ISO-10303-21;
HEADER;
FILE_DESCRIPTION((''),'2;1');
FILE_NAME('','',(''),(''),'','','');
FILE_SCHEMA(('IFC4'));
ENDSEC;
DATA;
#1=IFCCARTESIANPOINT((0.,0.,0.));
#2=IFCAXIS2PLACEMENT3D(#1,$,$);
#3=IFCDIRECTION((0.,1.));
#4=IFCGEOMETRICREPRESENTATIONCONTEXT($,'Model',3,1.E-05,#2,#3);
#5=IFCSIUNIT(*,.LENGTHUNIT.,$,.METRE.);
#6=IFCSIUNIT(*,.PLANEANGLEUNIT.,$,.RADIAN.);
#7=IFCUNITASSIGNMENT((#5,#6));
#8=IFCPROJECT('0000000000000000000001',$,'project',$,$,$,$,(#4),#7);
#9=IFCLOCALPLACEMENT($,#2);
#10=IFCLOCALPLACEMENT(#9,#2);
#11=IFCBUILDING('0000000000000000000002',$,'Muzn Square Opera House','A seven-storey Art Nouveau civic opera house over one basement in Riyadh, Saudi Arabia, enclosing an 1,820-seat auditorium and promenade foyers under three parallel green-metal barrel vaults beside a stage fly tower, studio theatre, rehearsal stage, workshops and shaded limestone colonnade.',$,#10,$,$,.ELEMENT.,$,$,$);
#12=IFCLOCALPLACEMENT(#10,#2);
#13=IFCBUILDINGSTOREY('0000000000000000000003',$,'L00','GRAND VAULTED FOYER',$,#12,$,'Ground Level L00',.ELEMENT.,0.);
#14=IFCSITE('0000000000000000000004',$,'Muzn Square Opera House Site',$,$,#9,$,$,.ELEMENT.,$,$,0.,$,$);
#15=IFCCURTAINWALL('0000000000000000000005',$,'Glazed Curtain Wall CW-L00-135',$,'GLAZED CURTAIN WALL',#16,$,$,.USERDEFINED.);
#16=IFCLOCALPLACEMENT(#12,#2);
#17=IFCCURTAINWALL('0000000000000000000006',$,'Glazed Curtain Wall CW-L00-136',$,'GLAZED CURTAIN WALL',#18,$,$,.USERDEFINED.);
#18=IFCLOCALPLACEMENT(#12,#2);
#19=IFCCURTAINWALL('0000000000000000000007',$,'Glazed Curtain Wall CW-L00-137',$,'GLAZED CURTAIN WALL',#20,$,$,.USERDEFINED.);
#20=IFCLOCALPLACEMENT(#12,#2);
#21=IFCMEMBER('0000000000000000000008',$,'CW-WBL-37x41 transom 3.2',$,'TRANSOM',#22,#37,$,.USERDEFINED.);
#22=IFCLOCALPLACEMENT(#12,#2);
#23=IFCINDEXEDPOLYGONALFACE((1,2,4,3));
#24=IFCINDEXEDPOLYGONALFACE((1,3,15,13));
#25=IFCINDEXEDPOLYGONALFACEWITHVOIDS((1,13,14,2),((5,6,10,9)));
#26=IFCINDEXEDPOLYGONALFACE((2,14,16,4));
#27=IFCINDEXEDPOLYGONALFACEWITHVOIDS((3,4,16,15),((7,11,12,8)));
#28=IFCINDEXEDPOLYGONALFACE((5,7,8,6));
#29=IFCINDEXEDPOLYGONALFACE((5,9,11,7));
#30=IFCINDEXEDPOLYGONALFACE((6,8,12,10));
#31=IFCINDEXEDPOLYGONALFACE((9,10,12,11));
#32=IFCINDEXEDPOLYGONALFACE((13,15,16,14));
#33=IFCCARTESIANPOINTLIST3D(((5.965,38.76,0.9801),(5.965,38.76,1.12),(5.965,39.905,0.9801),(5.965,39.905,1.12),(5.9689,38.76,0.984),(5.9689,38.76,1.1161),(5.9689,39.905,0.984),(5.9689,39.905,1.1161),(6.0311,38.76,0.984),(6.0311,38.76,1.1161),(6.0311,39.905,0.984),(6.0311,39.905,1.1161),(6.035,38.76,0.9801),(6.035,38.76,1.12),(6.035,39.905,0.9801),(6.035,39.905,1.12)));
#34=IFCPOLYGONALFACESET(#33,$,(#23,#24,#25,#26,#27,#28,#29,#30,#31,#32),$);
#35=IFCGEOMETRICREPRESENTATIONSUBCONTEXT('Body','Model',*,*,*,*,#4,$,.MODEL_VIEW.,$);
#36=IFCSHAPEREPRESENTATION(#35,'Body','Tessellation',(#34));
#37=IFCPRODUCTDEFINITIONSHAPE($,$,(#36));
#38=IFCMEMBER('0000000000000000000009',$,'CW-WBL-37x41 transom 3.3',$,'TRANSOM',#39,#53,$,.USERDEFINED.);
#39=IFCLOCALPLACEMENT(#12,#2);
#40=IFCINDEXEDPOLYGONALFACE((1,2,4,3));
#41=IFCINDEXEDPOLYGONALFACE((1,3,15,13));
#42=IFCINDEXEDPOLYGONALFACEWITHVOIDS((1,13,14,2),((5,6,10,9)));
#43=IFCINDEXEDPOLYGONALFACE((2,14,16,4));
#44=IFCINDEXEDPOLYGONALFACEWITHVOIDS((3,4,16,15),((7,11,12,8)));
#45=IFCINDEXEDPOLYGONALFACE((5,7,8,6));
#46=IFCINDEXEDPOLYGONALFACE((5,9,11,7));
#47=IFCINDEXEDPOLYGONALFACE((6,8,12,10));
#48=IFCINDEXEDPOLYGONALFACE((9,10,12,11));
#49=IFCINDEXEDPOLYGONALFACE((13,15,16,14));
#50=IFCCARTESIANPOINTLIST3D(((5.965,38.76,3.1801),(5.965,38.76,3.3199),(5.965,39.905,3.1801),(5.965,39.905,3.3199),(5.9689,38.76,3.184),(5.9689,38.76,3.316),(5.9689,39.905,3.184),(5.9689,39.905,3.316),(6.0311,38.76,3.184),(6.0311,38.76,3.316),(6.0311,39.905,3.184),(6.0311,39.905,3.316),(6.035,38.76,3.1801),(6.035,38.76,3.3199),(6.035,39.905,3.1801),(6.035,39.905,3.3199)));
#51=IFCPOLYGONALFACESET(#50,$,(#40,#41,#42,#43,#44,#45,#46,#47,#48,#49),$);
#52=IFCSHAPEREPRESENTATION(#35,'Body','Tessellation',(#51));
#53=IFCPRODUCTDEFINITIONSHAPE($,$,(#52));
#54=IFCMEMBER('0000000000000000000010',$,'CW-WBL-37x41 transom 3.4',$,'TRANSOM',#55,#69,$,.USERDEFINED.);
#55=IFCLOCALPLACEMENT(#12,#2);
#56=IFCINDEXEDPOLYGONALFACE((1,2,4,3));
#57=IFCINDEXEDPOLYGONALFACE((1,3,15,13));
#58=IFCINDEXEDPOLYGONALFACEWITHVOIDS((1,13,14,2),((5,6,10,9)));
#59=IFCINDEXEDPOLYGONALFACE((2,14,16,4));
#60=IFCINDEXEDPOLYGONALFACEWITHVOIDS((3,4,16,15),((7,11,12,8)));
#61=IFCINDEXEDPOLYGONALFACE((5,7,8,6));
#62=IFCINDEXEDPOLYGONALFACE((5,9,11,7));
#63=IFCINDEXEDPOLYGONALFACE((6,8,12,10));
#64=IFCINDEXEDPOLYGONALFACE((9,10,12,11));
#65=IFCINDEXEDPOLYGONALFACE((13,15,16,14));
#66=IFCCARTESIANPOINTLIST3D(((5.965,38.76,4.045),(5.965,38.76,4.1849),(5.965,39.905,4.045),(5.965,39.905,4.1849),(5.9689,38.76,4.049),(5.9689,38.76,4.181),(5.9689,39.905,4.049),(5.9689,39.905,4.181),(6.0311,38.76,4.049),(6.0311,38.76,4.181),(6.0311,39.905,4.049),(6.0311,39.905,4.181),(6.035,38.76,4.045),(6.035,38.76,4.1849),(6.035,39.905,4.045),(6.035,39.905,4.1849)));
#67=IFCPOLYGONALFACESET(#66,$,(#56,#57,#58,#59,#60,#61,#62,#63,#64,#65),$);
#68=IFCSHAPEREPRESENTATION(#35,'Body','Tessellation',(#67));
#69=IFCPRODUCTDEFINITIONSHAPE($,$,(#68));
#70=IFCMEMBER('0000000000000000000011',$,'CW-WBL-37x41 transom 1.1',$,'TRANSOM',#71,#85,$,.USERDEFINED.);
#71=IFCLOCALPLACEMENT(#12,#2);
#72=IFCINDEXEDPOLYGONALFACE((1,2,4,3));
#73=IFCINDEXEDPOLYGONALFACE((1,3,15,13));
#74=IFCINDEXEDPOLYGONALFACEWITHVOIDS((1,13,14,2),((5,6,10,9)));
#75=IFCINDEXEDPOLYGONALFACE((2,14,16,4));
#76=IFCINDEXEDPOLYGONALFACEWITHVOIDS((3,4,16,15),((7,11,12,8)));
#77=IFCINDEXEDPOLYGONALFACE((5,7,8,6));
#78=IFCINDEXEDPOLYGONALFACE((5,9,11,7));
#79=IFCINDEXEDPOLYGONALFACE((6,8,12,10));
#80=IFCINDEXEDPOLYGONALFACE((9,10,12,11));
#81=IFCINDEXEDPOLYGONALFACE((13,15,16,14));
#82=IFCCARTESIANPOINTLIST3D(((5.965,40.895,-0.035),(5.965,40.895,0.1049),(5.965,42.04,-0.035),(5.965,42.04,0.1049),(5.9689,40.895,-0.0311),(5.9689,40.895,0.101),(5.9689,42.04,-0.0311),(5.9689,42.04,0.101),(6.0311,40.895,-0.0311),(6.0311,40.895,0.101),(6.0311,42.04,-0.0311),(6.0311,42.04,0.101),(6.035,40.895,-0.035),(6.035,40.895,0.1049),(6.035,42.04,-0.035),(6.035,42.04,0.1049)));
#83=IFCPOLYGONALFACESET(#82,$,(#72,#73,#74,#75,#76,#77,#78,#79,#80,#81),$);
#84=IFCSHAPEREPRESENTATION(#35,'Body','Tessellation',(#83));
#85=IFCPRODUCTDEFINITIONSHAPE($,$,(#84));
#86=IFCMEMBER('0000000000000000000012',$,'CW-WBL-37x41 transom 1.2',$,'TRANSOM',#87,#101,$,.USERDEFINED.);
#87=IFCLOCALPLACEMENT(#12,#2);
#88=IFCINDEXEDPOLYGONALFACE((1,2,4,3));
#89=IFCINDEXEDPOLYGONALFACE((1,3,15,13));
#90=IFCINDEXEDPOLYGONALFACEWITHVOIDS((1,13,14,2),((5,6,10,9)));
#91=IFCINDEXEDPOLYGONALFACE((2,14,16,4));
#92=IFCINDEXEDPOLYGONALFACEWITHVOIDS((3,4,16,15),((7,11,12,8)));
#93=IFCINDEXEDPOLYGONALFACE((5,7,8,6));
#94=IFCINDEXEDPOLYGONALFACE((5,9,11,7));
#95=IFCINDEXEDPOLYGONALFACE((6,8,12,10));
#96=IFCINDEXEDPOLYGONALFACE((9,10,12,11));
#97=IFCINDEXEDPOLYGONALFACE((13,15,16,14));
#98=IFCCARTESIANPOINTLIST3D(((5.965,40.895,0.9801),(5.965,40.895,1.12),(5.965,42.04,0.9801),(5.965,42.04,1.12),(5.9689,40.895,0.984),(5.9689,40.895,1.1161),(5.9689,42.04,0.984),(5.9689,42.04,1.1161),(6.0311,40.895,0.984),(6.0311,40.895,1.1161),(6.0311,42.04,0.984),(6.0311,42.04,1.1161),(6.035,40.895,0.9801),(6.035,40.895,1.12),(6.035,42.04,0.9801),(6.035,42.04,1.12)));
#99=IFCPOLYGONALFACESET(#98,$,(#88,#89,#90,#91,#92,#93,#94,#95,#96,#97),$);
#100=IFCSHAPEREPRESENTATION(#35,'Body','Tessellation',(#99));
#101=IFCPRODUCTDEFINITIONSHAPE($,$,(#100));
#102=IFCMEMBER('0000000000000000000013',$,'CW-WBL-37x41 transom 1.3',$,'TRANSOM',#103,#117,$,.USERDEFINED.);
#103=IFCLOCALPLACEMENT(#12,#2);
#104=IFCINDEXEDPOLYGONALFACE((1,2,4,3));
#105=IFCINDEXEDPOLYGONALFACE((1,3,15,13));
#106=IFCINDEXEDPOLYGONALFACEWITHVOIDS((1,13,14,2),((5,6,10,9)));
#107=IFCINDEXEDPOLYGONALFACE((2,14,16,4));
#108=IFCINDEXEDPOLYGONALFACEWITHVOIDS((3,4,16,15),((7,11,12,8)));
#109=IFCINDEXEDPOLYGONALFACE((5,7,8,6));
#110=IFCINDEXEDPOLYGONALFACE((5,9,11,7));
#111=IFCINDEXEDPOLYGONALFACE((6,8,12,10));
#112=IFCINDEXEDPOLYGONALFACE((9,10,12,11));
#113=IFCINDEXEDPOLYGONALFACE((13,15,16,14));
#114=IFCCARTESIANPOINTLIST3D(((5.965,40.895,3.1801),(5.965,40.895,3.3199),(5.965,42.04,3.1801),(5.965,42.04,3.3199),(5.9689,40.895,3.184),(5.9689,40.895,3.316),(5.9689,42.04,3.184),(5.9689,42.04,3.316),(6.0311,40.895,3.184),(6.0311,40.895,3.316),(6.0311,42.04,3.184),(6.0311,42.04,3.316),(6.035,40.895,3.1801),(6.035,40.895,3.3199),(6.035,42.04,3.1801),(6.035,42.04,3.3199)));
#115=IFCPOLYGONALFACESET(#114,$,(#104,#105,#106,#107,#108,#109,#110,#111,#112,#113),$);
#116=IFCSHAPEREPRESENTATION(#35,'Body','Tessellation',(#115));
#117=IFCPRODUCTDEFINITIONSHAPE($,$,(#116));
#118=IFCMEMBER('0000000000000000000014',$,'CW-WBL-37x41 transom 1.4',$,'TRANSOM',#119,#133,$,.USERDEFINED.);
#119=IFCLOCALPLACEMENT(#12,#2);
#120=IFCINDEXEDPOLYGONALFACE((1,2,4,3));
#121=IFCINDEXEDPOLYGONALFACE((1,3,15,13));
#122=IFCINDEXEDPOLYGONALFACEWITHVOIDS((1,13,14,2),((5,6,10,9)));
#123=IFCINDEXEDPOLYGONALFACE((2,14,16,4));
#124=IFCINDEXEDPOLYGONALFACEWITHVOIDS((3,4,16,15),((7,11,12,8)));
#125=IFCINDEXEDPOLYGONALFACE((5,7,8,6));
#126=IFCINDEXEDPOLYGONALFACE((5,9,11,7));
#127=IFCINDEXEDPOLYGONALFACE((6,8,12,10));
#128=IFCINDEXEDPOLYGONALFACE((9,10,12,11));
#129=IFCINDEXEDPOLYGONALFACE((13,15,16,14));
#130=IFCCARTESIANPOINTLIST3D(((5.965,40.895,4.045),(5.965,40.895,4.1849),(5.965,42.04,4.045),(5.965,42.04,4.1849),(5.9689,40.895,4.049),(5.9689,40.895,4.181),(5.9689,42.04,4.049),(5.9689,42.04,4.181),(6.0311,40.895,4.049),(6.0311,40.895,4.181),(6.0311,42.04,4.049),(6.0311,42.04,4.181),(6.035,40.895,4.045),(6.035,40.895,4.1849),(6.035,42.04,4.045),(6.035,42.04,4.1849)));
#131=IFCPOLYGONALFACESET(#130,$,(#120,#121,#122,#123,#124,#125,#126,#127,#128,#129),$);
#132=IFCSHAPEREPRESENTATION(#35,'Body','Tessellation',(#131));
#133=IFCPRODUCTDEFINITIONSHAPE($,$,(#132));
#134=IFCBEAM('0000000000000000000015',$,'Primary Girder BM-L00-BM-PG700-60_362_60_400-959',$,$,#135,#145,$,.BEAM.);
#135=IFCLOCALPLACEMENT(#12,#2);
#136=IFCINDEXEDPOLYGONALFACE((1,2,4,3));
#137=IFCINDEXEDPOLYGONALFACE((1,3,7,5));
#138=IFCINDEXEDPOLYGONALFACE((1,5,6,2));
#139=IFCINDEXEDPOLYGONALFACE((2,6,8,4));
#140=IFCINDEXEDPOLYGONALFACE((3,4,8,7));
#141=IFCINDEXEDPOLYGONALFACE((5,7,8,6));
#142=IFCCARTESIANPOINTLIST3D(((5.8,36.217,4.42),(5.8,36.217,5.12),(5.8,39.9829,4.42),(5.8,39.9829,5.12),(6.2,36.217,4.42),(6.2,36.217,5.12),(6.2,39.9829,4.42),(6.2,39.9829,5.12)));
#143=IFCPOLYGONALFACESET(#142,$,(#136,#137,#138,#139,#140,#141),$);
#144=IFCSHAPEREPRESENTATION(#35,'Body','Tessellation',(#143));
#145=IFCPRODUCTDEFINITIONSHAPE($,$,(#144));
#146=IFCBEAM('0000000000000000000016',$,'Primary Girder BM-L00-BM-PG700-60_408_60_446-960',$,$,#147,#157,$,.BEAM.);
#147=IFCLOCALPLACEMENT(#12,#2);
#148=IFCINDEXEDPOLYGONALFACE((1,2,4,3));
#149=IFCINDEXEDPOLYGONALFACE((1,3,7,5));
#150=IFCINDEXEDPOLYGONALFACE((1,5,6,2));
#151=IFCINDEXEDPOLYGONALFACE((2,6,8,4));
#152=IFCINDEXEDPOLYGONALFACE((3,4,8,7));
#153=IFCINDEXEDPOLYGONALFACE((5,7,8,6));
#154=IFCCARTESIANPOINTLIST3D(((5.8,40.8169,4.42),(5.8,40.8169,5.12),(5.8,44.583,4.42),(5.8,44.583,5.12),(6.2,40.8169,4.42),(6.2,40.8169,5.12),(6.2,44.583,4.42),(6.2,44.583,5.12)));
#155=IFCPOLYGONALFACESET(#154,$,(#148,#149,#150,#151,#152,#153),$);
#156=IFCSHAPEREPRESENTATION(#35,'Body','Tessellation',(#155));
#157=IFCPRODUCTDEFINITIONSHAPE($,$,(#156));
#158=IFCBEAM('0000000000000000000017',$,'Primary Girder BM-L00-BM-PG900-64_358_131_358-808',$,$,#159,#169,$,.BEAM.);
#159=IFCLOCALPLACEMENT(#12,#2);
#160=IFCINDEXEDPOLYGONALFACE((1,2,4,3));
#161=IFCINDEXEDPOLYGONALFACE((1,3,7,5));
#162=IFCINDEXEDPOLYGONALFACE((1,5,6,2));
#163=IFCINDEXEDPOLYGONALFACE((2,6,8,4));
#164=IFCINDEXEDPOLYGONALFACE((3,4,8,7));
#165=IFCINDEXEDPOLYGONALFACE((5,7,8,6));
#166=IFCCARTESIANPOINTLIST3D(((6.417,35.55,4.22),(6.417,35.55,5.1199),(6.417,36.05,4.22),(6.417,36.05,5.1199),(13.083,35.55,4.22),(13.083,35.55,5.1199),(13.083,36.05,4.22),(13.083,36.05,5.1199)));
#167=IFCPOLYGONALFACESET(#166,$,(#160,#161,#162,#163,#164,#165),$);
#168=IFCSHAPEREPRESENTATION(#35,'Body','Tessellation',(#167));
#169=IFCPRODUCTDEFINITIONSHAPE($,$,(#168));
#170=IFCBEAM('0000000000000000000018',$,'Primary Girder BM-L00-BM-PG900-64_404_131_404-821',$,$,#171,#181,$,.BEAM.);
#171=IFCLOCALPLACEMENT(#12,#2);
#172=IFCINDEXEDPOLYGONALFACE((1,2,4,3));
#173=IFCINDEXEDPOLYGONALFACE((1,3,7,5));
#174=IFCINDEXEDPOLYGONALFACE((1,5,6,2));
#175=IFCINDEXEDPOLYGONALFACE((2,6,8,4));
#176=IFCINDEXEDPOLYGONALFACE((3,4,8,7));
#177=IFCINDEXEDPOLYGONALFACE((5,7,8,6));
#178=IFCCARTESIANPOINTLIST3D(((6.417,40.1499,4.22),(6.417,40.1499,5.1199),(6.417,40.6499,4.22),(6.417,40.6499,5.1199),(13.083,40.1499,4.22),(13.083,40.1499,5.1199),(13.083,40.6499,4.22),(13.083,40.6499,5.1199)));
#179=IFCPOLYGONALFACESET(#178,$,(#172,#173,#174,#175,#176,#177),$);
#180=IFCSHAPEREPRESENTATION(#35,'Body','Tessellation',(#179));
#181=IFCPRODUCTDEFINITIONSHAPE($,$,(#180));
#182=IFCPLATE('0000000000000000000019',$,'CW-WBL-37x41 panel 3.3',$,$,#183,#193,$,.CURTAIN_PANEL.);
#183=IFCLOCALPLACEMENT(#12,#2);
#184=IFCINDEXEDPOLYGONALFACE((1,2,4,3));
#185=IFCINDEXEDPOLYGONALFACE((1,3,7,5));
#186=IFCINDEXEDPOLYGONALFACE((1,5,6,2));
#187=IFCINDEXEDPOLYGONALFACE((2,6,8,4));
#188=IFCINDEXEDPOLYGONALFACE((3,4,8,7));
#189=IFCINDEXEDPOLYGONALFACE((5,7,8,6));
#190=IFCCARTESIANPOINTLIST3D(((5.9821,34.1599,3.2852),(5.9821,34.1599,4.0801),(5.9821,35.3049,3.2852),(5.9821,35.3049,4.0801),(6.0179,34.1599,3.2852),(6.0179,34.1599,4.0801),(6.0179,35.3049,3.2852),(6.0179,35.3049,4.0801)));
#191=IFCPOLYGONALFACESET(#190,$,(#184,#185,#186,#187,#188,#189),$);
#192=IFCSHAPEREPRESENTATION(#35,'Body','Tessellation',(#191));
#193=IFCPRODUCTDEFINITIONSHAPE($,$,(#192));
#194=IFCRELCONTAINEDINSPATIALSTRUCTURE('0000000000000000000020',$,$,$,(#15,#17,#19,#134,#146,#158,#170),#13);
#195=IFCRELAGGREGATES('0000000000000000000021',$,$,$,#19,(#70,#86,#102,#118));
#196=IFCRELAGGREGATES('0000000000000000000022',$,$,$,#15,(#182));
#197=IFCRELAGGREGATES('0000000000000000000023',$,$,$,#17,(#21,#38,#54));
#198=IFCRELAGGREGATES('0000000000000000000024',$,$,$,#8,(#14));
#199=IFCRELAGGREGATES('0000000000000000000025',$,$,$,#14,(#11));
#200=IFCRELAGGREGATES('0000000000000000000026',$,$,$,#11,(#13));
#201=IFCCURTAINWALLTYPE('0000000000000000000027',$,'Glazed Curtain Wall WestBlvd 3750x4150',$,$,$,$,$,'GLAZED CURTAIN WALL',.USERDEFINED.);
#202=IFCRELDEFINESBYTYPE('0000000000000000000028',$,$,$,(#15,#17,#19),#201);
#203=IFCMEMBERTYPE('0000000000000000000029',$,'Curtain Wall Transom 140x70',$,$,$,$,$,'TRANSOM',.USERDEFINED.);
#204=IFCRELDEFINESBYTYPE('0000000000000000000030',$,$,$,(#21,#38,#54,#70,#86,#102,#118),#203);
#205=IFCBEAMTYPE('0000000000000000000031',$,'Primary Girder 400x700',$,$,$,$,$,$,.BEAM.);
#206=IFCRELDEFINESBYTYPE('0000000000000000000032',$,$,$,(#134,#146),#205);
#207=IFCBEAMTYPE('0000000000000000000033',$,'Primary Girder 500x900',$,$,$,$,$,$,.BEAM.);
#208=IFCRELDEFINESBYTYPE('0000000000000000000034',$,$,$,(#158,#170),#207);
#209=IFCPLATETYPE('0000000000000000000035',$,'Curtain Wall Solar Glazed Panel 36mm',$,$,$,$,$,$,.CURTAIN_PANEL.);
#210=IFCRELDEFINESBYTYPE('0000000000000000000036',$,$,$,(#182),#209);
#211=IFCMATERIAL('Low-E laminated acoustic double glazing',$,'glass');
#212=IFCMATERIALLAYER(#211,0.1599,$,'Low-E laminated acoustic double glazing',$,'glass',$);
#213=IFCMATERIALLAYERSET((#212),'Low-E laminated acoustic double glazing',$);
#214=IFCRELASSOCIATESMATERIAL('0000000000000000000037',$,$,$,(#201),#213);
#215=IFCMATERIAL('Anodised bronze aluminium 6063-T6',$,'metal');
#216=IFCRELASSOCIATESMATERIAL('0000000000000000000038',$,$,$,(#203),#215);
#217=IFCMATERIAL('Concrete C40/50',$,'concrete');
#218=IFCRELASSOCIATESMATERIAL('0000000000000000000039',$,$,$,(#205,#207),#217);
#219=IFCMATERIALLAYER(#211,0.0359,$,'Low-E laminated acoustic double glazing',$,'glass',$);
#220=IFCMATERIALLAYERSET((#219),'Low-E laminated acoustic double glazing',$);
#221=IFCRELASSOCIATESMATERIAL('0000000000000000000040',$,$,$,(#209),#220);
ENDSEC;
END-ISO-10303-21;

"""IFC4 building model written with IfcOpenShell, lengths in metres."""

from ifc_helpers import new_model, si_unit, direction, frame, origin, origin_2d, place, context, subcontext, project, spatial, rectangle, hollow_rectangle, extrude, material, layer, layer_set, material_profile, profile_set, type_object, element, aggregate, save


model = new_model("IFC4")

# Units and contexts
model_context = context("Model", 3, precision=1e-05, world=origin(), true_north=direction((0.0, 1.0)))
body_context = subcontext(model_context, "Body", "Model", "MODEL_VIEW")
ifc_project = project(units=[si_unit("LENGTHUNIT", "METRE"), si_unit("PLANEANGLEUNIT", "RADIAN")], contexts=[model_context])

# Site, building, storey
site_placement = place(None, origin())
site = spatial("IfcSite", under=ifc_project, at=site_placement, Name="Muzn Square Opera House Site", CompositionType="ELEMENT", RefElevation=0.0)
building_placement = place(site_placement, origin())
building = spatial("IfcBuilding", under=site, at=building_placement, Name="Muzn Square Opera House", Description="A seven-storey Art Nouveau civic opera house over one basement in Riyadh, Saudi Arabia, enclosing an 1,820-seat auditorium and promenade foyers under three parallel green-metal barrel vaults beside a stage fly tower, studio theatre, rehearsal stage, workshops and shaded limestone colonnade.", CompositionType="ELEMENT")
storey_placement = place(building_placement, origin())
storey = spatial("IfcBuildingStorey", under=building, at=storey_placement, Name="L00", Description="GRAND VAULTED FOYER", LongName="Ground Level L00", CompositionType="ELEMENT", Elevation=0.0)

# Curtain wall
ifc_material_1 = material(Name="Low-E laminated acoustic double glazing", Category="glass")
ifc_layer_1 = layer(ifc_material_1, 0.1599, Name="Low-E laminated acoustic double glazing", Category="glass")
ifc_layer_set_1 = layer_set([ifc_layer_1], Name="Low-E laminated acoustic double glazing")
curtain_wall_type = type_object("IfcCurtainWallType", Name="Glazed Curtain Wall WestBlvd 3750x4150", ElementType="GLAZED CURTAIN WALL", PredefinedType="USERDEFINED", material=ifc_layer_set_1)
curtain_wall_1_placement = place(storey_placement, origin())
curtain_wall_1 = element("IfcCurtainWall", 1, at=curtain_wall_1_placement, inside=storey, type_object=curtain_wall_type, Name="Glazed Curtain Wall CW-L00-135", ObjectType="GLAZED CURTAIN WALL", PredefinedType="USERDEFINED")
ifc_material_2 = material(Name="Anodised bronze aluminium 6063-T6", Category="metal")

# Curtain wall
curtain_wall_2_placement = place(storey_placement, origin())
curtain_wall_2 = element("IfcCurtainWall", 2, at=curtain_wall_2_placement, inside=storey, type_object=curtain_wall_type, Name="Glazed Curtain Wall CW-L00-136", ObjectType="GLAZED CURTAIN WALL", PredefinedType="USERDEFINED")

# Curtain wall
curtain_wall_3_placement = place(storey_placement, origin())
curtain_wall_3 = element("IfcCurtainWall", 3, at=curtain_wall_3_placement, inside=storey, type_object=curtain_wall_type, Name="Glazed Curtain Wall CW-L00-137", ObjectType="GLAZED CURTAIN WALL", PredefinedType="USERDEFINED")

# Members
ifc_material_profile_1 = material_profile(ifc_material_2, hollow_rectangle(XDim=0.0701, YDim=0.1399, WallThickness=0.0039, at=origin_2d()), Name="ALU 140x70x4", Category="metal")
ifc_profile_set_1 = profile_set([ifc_material_profile_1], Name="Anodised bronze aluminium 6063-T6")
member_type_1 = type_object("IfcMemberType", Name="Curtain Wall Transom 140x70", ElementType="TRANSOM", PredefinedType="USERDEFINED", material=ifc_profile_set_1)
member_1_placement = place(storey_placement, frame((6.0, 38.76, 1.05), z_axis=(0.0, 1.0, 0.0), x_axis=(-1.0, 0.0, 0.0)))
member_1 = element("IfcMember", 4, at=member_1_placement, type_object=member_type_1, Name="CW-WBL-37x41 transom 3.2", ObjectType="TRANSOM", PredefinedType="USERDEFINED", context=body_context, shape_type="SweptSolid", body=[
    extrude(hollow_rectangle(XDim=0.0701, YDim=0.1399, WallThickness=0.0039, at=origin_2d()), origin(), (0.0, 0.0, 1.0), 1.145),
])
member_2_placement = place(storey_placement, frame((6.0, 38.76, 3.25), z_axis=(0.0, 1.0, 0.0), x_axis=(-1.0, 0.0, 0.0)))
member_2 = element("IfcMember", 5, at=member_2_placement, type_object=member_type_1, Name="CW-WBL-37x41 transom 3.3", ObjectType="TRANSOM", PredefinedType="USERDEFINED", context=body_context, shape_type="SweptSolid", body=[
    extrude(hollow_rectangle(XDim=0.0701, YDim=0.1399, WallThickness=0.0039, at=origin_2d()), origin(), (0.0, 0.0, 1.0), 1.145),
])
member_3_placement = place(storey_placement, frame((6.0, 38.76, 4.115), z_axis=(0.0, 1.0, 0.0), x_axis=(-1.0, 0.0, 0.0)))
member_3 = element("IfcMember", 6, at=member_3_placement, type_object=member_type_1, Name="CW-WBL-37x41 transom 3.4", ObjectType="TRANSOM", PredefinedType="USERDEFINED", context=body_context, shape_type="SweptSolid", body=[
    extrude(hollow_rectangle(XDim=0.0701, YDim=0.1399, WallThickness=0.0039, at=origin_2d()), origin(), (0.0, 0.0, 1.0), 1.145),
])
member_4_placement = place(storey_placement, frame((6.0, 40.895, 0.0349), z_axis=(0.0, 1.0, 0.0), x_axis=(-1.0, 0.0, 0.0)))
member_4 = element("IfcMember", 7, at=member_4_placement, type_object=member_type_1, Name="CW-WBL-37x41 transom 1.1", ObjectType="TRANSOM", PredefinedType="USERDEFINED", context=body_context, shape_type="SweptSolid", body=[
    extrude(hollow_rectangle(XDim=0.0701, YDim=0.1399, WallThickness=0.0039, at=origin_2d()), origin(), (0.0, 0.0, 1.0), 1.145),
])
member_5_placement = place(storey_placement, frame((6.0, 40.895, 1.05), z_axis=(0.0, 1.0, 0.0), x_axis=(-1.0, 0.0, 0.0)))
member_5 = element("IfcMember", 8, at=member_5_placement, type_object=member_type_1, Name="CW-WBL-37x41 transom 1.2", ObjectType="TRANSOM", PredefinedType="USERDEFINED", context=body_context, shape_type="SweptSolid", body=[
    extrude(hollow_rectangle(XDim=0.0701, YDim=0.1399, WallThickness=0.0039, at=origin_2d()), origin(), (0.0, 0.0, 1.0), 1.145),
])
member_6_placement = place(storey_placement, frame((6.0, 40.895, 3.25), z_axis=(0.0, 1.0, 0.0), x_axis=(-1.0, 0.0, 0.0)))
member_6 = element("IfcMember", 9, at=member_6_placement, type_object=member_type_1, Name="CW-WBL-37x41 transom 1.3", ObjectType="TRANSOM", PredefinedType="USERDEFINED", context=body_context, shape_type="SweptSolid", body=[
    extrude(hollow_rectangle(XDim=0.0701, YDim=0.1399, WallThickness=0.0039, at=origin_2d()), origin(), (0.0, 0.0, 1.0), 1.145),
])
member_7_placement = place(storey_placement, frame((6.0, 40.895, 4.115), z_axis=(0.0, 1.0, 0.0), x_axis=(-1.0, 0.0, 0.0)))
member_7 = element("IfcMember", 10, at=member_7_placement, type_object=member_type_1, Name="CW-WBL-37x41 transom 1.4", ObjectType="TRANSOM", PredefinedType="USERDEFINED", context=body_context, shape_type="SweptSolid", body=[
    extrude(hollow_rectangle(XDim=0.0701, YDim=0.1399, WallThickness=0.0039, at=origin_2d()), origin(), (0.0, 0.0, 1.0), 1.145),
])
aggregate(curtain_wall_3, [member_4, member_5, member_6, member_7])

# Beams
ifc_material_3 = material(Name="Concrete C40/50", Category="concrete")
ifc_material_profile_2 = material_profile(ifc_material_3, rectangle(XDim=0.3999, YDim=0.7, at=origin_2d()), Name="RCB 400x700", Category="concrete")
ifc_profile_set_2 = profile_set([ifc_material_profile_2], Name="Concrete C40/50")
beam_type_1 = type_object("IfcBeamType", Name="Primary Girder 400x700", PredefinedType="BEAM", material=ifc_profile_set_2)
beam_1_placement = place(storey_placement, frame((6.0, 36.217, 4.77), z_axis=(0.0, 1.0, 0.0), x_axis=(-1.0, 0.0, 0.0)))
element("IfcBeam", 11, at=beam_1_placement, inside=storey, type_object=beam_type_1, Name="Primary Girder BM-L00-BM-PG700-60_362_60_400-959", PredefinedType="BEAM", context=body_context, shape_type="SweptSolid", body=[
    extrude(rectangle(XDim=0.3999, YDim=0.7, at=origin_2d()), origin(), (0.0, 0.0, 1.0), 3.7659),
])
beam_2_placement = place(storey_placement, frame((6.0, 40.8169, 4.77), z_axis=(0.0, 1.0, 0.0), x_axis=(-1.0, 0.0, 0.0)))
element("IfcBeam", 12, at=beam_2_placement, inside=storey, type_object=beam_type_1, Name="Primary Girder BM-L00-BM-PG700-60_408_60_446-960", PredefinedType="BEAM", context=body_context, shape_type="SweptSolid", body=[
    extrude(rectangle(XDim=0.3999, YDim=0.7, at=origin_2d()), origin(), (0.0, 0.0, 1.0), 3.7661),
])
ifc_material_profile_3 = material_profile(ifc_material_3, rectangle(XDim=0.5, YDim=0.8999, at=origin_2d()), Name="RCB 500x900", Category="concrete")
ifc_profile_set_3 = profile_set([ifc_material_profile_3], Name="Concrete C40/50")
beam_type_2 = type_object("IfcBeamType", Name="Primary Girder 500x900", PredefinedType="BEAM", material=ifc_profile_set_3)
for number, where, z_axis, x_axis, name in (
    (13, (6.417, 35.8, 4.6699), (1.0, 0.0, 0.0), (0.0, 1.0, 0.0), "Primary Girder BM-L00-BM-PG900-64_358_131_358-808"),
    (14, (6.417, 40.3999, 4.6699), (1.0, 0.0, 0.0), (0.0, 1.0, 0.0), "Primary Girder BM-L00-BM-PG900-64_404_131_404-821"),
):
    element("IfcBeam", number, at=place(storey_placement, frame(where, z_axis=z_axis, x_axis=x_axis)), inside=storey, type_object=beam_type_2, Name=name, PredefinedType="BEAM", context=body_context, shape_type="SweptSolid", body=[
        extrude(rectangle(XDim=0.5, YDim=0.8999, at=origin_2d()), origin(), (0.0, 0.0, 1.0), 6.666),
    ])

# Plate
ifc_layer_2 = layer(ifc_material_1, 0.0359, Name="Low-E laminated acoustic double glazing", Category="glass")
ifc_layer_set_2 = layer_set([ifc_layer_2], Name="Low-E laminated acoustic double glazing")
plate_type = type_object("IfcPlateType", Name="Curtain Wall Solar Glazed Panel 36mm", PredefinedType="CURTAIN_PANEL", material=ifc_layer_set_2)
plate_1_placement = place(storey_placement, frame((6.0, 34.7324, 3.2852), z_axis=(0.0, 0.0, 1.0), x_axis=(0.0, 1.0, 0.0)))
plate_1 = element("IfcPlate", 15, at=plate_1_placement, type_object=plate_type, Name="CW-WBL-37x41 panel 3.3", PredefinedType="CURTAIN_PANEL", context=body_context, shape_type="SweptSolid", body=[
    extrude(rectangle(XDim=1.145, YDim=0.0359, at=origin_2d()), origin(), (0.0, 0.0, 1.0), 0.7949),
])
aggregate(curtain_wall_1, [plate_1])
aggregate(curtain_wall_2, [member_1, member_2, member_3])

save(model, "model.ifc")
